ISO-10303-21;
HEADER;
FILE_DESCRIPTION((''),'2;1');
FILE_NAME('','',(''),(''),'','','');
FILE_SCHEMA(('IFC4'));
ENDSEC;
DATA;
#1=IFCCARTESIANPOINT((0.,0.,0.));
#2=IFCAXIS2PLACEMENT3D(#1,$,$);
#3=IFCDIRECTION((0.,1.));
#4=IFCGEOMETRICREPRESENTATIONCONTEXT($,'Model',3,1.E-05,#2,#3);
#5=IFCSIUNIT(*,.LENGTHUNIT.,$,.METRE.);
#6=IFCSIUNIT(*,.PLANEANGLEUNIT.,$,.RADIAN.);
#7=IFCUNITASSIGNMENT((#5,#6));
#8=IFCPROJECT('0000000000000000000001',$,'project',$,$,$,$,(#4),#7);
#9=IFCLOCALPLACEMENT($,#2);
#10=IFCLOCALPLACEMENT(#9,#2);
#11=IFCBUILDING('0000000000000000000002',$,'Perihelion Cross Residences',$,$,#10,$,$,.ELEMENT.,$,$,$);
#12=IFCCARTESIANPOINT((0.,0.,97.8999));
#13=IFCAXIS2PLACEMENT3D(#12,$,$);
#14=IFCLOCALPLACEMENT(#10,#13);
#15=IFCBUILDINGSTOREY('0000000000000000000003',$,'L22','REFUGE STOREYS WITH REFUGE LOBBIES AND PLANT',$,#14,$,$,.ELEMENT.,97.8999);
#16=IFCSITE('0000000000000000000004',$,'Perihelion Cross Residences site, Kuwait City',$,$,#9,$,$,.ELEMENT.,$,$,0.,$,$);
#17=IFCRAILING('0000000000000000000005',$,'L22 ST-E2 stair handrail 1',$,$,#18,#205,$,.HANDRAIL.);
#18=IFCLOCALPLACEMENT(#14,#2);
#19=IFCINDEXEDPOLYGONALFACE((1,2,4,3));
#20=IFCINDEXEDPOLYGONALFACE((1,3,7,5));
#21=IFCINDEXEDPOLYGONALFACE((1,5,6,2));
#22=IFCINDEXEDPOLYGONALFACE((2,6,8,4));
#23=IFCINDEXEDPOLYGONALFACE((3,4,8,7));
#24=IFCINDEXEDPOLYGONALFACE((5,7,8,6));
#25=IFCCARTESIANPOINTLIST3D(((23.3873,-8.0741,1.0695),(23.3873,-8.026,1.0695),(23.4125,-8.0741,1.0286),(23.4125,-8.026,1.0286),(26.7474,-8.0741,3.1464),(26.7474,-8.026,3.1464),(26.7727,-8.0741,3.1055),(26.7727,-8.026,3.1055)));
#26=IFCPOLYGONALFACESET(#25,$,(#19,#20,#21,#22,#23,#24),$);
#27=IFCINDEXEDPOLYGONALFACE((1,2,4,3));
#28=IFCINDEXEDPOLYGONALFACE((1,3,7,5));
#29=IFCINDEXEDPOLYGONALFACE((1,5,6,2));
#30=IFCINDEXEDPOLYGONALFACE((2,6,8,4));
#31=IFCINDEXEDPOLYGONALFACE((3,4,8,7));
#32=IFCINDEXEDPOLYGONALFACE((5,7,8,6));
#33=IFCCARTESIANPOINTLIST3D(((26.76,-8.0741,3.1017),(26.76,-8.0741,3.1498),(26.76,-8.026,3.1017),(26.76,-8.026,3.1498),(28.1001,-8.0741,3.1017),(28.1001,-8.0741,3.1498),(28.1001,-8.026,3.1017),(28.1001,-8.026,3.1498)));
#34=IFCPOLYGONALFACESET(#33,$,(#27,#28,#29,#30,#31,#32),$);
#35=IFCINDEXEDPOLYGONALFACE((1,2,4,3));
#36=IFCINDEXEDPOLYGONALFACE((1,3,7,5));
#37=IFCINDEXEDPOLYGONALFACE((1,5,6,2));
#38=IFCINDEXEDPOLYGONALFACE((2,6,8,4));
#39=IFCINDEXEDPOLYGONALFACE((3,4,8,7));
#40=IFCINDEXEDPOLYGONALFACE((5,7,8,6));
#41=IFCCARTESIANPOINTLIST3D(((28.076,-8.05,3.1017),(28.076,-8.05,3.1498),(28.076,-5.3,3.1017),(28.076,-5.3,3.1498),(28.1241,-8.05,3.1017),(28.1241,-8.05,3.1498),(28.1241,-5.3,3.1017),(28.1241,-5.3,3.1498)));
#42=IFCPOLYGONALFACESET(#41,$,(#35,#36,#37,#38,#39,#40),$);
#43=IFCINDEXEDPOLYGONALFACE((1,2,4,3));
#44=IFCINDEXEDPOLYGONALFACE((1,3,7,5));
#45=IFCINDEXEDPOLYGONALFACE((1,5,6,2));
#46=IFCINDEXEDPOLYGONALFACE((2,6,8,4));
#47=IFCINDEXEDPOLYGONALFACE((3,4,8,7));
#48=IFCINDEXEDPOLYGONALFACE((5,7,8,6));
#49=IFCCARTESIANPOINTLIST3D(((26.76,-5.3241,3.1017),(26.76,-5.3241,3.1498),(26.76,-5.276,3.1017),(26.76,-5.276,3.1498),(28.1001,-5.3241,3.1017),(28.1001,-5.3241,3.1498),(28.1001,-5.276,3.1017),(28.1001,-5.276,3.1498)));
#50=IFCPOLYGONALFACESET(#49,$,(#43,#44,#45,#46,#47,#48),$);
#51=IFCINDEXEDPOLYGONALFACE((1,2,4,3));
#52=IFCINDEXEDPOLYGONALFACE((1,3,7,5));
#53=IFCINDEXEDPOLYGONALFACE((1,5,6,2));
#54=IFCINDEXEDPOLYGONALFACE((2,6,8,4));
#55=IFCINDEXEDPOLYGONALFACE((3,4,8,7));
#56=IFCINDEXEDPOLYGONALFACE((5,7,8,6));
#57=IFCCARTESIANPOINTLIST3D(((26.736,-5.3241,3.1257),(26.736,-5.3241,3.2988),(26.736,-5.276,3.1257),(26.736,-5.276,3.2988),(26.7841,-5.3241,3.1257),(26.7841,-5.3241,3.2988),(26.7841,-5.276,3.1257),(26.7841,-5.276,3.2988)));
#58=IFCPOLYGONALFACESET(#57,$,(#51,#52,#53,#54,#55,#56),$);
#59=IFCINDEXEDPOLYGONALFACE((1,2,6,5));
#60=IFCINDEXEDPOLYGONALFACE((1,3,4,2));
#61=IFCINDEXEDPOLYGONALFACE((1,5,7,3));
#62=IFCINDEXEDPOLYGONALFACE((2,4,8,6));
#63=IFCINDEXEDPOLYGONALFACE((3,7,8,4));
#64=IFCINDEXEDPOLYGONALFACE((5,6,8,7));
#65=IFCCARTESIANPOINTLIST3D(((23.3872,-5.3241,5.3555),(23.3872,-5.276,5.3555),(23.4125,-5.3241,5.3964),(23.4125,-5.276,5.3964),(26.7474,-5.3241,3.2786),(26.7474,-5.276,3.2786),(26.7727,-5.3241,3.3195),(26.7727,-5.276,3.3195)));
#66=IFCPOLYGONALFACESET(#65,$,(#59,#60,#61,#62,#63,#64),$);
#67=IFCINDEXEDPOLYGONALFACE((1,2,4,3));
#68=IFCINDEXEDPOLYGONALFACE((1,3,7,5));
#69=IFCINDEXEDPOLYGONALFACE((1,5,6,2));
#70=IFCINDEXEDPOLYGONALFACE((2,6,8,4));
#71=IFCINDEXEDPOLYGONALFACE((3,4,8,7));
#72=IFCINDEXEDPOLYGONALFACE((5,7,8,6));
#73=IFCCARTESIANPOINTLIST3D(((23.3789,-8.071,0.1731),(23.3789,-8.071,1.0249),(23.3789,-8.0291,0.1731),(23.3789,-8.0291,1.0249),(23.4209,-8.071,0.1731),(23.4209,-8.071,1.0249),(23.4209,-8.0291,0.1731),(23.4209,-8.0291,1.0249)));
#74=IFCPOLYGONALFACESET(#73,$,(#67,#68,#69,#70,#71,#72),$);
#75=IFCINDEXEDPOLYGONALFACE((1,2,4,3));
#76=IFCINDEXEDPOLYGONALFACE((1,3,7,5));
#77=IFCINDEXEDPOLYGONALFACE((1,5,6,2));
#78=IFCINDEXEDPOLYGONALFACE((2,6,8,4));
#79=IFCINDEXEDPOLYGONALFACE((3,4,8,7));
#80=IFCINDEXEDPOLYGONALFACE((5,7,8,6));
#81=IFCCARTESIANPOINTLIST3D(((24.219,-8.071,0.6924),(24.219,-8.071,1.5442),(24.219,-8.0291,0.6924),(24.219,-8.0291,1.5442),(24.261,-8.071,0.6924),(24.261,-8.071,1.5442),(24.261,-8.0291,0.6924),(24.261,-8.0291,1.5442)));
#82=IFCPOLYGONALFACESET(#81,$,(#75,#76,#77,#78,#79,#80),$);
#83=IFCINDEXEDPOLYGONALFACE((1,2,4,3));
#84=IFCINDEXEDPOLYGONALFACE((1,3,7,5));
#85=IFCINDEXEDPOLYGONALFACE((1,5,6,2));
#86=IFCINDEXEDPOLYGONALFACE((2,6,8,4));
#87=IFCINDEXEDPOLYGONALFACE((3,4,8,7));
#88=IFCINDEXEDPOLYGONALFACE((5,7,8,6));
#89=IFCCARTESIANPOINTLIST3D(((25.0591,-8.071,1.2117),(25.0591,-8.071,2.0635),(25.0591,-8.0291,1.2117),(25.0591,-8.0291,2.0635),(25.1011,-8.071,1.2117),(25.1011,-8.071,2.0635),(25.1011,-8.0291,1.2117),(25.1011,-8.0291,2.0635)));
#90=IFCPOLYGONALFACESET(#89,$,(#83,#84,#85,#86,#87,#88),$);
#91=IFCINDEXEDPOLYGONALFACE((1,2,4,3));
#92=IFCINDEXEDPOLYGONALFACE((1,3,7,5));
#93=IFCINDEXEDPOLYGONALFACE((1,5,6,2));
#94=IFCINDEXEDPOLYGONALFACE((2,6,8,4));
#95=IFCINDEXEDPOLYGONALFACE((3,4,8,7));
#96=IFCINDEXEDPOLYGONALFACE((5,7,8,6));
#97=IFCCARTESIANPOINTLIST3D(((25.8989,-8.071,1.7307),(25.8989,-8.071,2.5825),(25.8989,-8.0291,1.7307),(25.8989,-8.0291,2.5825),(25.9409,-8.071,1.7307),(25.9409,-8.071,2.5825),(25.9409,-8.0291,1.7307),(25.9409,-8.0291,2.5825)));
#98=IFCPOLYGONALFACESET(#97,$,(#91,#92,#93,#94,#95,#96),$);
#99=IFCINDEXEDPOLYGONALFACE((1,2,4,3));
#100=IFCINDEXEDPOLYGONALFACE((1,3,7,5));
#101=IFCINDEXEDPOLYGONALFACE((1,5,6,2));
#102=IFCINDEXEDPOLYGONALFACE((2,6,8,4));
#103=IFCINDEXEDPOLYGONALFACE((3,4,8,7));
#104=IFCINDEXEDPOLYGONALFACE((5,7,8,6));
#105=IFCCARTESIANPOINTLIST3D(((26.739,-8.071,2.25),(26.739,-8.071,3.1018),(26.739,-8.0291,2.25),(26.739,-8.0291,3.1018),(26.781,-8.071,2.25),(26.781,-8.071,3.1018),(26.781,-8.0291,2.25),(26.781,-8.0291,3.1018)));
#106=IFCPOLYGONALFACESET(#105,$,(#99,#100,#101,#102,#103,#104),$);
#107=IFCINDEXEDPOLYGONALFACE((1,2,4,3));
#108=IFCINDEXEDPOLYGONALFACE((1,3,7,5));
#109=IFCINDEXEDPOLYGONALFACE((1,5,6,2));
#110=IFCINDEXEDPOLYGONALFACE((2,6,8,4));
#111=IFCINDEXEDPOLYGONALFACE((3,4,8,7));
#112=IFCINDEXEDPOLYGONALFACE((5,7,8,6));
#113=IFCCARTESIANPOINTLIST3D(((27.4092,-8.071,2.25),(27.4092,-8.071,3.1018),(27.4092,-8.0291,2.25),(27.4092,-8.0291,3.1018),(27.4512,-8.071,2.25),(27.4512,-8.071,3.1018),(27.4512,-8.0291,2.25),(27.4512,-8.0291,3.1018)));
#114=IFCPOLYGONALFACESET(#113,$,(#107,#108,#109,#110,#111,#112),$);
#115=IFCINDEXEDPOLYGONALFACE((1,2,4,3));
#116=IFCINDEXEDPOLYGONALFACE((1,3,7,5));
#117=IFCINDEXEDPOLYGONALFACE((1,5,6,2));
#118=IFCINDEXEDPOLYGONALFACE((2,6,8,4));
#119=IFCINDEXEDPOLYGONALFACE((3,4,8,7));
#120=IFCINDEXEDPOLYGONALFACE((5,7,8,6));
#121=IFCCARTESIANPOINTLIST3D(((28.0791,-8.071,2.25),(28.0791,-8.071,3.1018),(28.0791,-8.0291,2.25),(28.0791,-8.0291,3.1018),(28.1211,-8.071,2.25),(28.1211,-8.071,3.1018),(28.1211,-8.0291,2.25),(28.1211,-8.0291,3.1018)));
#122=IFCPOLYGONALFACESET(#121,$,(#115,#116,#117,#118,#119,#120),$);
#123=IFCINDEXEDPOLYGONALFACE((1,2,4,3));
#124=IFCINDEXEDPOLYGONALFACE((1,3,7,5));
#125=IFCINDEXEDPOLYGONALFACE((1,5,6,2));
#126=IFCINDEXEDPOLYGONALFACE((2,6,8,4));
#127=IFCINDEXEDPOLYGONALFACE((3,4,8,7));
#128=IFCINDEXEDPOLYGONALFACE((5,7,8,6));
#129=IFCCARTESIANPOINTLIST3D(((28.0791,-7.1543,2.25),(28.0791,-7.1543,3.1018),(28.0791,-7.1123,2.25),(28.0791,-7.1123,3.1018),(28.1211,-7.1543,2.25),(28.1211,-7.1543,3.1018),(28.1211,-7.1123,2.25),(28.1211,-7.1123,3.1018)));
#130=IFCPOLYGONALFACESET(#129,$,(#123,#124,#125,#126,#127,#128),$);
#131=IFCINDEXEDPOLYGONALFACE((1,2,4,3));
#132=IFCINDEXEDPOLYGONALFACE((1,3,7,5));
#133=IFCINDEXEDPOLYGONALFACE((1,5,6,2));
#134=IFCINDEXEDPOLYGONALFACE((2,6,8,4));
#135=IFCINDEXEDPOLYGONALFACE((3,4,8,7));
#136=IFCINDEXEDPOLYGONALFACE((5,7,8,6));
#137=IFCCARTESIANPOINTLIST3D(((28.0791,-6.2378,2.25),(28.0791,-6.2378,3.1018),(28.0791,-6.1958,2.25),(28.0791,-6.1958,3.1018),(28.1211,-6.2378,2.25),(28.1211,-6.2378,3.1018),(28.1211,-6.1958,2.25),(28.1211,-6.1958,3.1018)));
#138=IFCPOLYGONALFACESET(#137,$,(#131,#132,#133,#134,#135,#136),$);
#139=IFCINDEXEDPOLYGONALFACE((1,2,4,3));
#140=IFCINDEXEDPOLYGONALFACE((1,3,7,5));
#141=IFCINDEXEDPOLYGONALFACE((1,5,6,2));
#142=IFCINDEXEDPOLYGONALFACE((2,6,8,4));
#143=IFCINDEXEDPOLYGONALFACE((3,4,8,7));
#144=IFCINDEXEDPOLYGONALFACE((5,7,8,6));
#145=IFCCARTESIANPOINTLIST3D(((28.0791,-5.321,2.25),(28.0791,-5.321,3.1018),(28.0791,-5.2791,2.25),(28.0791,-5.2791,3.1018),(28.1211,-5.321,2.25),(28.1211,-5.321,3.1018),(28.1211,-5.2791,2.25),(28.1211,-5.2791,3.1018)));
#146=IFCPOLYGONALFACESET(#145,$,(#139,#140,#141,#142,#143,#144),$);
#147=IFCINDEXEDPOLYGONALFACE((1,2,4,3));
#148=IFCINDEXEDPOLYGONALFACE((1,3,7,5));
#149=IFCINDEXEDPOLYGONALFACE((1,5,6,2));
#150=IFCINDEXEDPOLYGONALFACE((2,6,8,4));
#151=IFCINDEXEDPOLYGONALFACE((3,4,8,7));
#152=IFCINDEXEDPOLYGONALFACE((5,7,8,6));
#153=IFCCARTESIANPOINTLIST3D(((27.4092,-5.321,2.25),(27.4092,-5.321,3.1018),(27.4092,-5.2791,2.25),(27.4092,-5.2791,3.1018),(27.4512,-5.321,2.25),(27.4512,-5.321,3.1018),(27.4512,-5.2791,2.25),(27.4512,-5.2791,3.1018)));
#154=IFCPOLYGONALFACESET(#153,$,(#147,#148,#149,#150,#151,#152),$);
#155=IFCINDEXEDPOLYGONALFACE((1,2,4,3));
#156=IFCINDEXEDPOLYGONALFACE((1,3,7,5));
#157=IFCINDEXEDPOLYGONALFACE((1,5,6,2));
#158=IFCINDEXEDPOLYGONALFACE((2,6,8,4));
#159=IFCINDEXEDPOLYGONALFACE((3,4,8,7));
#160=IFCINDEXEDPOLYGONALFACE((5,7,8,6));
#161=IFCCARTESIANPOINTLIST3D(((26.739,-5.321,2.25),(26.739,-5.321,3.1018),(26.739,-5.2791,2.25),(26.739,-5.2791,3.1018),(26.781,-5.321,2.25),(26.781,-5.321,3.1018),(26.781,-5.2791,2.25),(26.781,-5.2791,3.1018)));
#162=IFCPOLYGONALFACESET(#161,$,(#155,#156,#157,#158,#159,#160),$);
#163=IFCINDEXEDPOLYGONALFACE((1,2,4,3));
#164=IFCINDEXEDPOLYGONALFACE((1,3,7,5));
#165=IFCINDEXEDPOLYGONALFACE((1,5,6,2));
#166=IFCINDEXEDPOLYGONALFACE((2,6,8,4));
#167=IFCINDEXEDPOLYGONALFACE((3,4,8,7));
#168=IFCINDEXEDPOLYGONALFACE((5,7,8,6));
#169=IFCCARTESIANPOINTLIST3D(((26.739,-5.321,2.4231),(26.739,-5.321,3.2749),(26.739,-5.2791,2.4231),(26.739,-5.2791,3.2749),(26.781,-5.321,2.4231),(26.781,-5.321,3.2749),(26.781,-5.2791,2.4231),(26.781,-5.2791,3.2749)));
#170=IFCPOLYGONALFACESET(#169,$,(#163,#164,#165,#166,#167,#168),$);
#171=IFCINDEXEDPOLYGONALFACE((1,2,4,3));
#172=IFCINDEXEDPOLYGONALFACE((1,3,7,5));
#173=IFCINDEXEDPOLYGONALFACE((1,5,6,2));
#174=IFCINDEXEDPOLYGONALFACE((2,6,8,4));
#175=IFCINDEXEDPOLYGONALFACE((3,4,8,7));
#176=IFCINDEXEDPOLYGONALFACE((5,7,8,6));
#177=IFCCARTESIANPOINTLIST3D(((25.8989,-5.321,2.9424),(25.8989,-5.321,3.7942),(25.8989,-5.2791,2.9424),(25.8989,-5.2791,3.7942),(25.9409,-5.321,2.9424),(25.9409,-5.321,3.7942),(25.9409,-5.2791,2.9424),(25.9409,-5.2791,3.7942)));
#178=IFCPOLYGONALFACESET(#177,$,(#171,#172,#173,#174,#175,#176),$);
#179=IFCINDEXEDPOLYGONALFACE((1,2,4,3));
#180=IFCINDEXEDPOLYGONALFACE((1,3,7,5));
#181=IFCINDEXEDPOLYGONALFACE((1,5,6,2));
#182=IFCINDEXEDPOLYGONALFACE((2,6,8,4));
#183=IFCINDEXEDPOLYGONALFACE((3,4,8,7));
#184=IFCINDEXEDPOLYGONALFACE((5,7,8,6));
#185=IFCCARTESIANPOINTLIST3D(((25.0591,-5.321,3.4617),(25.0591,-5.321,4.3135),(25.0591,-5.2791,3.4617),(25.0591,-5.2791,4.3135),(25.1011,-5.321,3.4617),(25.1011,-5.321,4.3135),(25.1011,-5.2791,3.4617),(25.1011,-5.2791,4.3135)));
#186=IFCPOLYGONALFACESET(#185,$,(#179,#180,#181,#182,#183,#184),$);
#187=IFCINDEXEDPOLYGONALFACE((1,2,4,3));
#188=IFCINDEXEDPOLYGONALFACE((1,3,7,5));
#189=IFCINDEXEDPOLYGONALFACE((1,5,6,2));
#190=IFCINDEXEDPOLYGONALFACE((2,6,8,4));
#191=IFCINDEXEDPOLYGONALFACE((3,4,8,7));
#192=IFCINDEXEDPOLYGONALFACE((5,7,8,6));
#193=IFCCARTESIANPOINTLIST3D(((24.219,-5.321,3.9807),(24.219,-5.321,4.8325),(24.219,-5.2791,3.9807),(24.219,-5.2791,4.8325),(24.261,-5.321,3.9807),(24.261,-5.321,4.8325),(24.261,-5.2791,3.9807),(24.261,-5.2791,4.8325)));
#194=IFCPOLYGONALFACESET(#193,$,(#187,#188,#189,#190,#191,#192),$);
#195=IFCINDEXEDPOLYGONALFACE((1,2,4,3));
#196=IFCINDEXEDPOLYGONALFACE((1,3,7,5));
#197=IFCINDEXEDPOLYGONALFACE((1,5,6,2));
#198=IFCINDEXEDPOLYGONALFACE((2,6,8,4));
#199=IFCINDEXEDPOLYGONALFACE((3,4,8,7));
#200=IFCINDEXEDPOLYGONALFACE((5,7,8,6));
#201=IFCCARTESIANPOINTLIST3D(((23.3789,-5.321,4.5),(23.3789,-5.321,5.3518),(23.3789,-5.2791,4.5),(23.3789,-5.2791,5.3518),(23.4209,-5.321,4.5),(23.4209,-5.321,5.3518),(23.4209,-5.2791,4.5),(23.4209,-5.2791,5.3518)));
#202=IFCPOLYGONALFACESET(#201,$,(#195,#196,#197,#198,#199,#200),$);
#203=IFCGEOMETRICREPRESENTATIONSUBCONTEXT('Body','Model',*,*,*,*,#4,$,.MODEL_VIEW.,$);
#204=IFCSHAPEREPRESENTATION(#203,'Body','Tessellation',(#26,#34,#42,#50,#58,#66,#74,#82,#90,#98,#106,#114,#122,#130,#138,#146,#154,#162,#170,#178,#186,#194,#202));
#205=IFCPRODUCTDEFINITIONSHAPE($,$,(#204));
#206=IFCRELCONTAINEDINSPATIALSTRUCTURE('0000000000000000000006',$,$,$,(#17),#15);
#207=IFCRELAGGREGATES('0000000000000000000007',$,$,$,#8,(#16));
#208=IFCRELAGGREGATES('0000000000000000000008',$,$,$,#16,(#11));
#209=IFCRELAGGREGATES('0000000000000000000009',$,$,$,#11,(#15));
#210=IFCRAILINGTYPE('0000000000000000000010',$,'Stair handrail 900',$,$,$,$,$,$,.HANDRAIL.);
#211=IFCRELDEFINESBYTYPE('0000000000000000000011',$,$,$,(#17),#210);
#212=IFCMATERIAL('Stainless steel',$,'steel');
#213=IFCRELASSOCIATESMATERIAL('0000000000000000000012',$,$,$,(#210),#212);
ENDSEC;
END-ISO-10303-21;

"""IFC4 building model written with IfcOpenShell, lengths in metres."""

from ifc_helpers import new_model, si_unit, direction, frame, origin, origin_2d, place, context, subcontext, project, spatial, rectangle, extrude, material, type_object, element, save


model = new_model("IFC4")

# Units and contexts
model_context = context("Model", 3, precision=1e-05, world=origin(), true_north=direction((0.0, 1.0)))
body_context = subcontext(model_context, "Body", "Model", "MODEL_VIEW")
ifc_project = project(units=[si_unit("LENGTHUNIT", "METRE"), si_unit("PLANEANGLEUNIT", "RADIAN")], contexts=[model_context])

# Site, building, storey
site_placement = place(None, origin())
site = spatial("IfcSite", under=ifc_project, at=site_placement, Name="Perihelion Cross Residences site, Kuwait City", CompositionType="ELEMENT", RefElevation=0.0)
building_placement = place(site_placement, origin())
building = spatial("IfcBuilding", under=site, at=building_placement, Name="Perihelion Cross Residences", CompositionType="ELEMENT")
storey_placement = place(building_placement, frame((0.0, 0.0, 97.8999)))
storey = spatial("IfcBuildingStorey", under=building, at=storey_placement, Name="L22", Description="REFUGE STOREYS WITH REFUGE LOBBIES AND PLANT", CompositionType="ELEMENT", Elevation=97.8999)

# Railing
ifc_material_1 = material(Name="Stainless steel", Category="steel")
railing_type_1 = type_object("IfcRailingType", Name="Stair handrail 900", PredefinedType="HANDRAIL", material=ifc_material_1)
railing_1_placement = place(storey_placement, frame((23.3999, -8.05, 0.1731)))
element("IfcRailing", 1, at=railing_1_placement, inside=storey, type_object=railing_type_1, Name="L22 ST-E2 stair handrail 1", PredefinedType="HANDRAIL", context=body_context, shape_type="SweptSolid", body=[
    extrude(rectangle(XDim=0.0481, YDim=0.0481, at=origin_2d()), frame((0.0, 0.0, 0.876), z_axis=(0.850623, 0.0, 0.525776), x_axis=(0.0, 1.0, 0.0)), (0.0, 0.0, 1.0), 3.9502),
    extrude(rectangle(XDim=0.0481, YDim=0.0481, at=origin_2d()), frame((3.3601, 0.0, 2.9526), z_axis=(1.0, 0.0, 0.0), x_axis=(0.0, 1.0, 0.0)), (0.0, 0.0, 1.0), 1.3401),
    extrude(rectangle(XDim=0.0481, YDim=0.0481, at=origin_2d()), frame((4.7002, 0.0, 2.9526), z_axis=(0.0, 1.0, 0.0), x_axis=(-1.0, 0.0, 0.0)), (0.0, 0.0, 1.0), 2.75),
    extrude(rectangle(XDim=0.0481, YDim=0.0481, at=origin_2d()), frame((4.7002, 2.75, 2.9526), z_axis=(-1.0, 0.0, 0.0), x_axis=(0.0, -1.0, 0.0)), (0.0, 0.0, 1.0), 1.3401),
    extrude(rectangle(XDim=0.0481, YDim=0.0481, at=origin_2d()), frame((3.3601, 2.75, 2.9526), z_axis=(0.0, 0.0, 1.0), x_axis=(1.0, 0.0, 0.0)), (0.0, 0.0, 1.0), 0.1731),
    extrude(rectangle(XDim=0.0481, YDim=0.0481, at=origin_2d()), frame((3.3601, 2.75, 3.126), z_axis=(-0.850623, 0.0, 0.525776), x_axis=(0.0, -1.0, 0.0)), (0.0, 0.0, 1.0), 3.9502),
    extrude(rectangle(XDim=0.042, YDim=0.042, at=origin_2d()), origin(), (0.0, 0.0, 1.0), 0.8518),
    extrude(rectangle(XDim=0.042, YDim=0.042, at=origin_2d()), frame((0.8401, 0.0, 0.5193)), (0.0, 0.0, 1.0), 0.8518),
    extrude(rectangle(XDim=0.042, YDim=0.042, at=origin_2d()), frame((1.6802, 0.0, 1.0386)), (0.0, 0.0, 1.0), 0.8518),
    extrude(rectangle(XDim=0.042, YDim=0.042, at=origin_2d()), frame((2.52, 0.0, 1.5576)), (0.0, 0.0, 1.0), 0.8518),
    extrude(rectangle(XDim=0.042, YDim=0.042, at=origin_2d()), frame((3.3601, 0.0, 2.0769)), (0.0, 0.0, 1.0), 0.8518),
    extrude(rectangle(XDim=0.042, YDim=0.042, at=origin_2d()), frame((4.0303, 0.0, 2.0769)), (0.0, 0.0, 1.0), 0.8518),
    extrude(rectangle(XDim=0.042, YDim=0.042, at=origin_2d()), frame((4.7002, 0.0, 2.0769)), (0.0, 0.0, 1.0), 0.8518),
    extrude(rectangle(XDim=0.042, YDim=0.042, at=origin_2d()), frame((4.7002, 0.9167, 2.0769)), (0.0, 0.0, 1.0), 0.8518),
    extrude(rectangle(XDim=0.042, YDim=0.042, at=origin_2d()), frame((4.7002, 1.8333, 2.0769)), (0.0, 0.0, 1.0), 0.8518),
    extrude(rectangle(XDim=0.042, YDim=0.042, at=origin_2d()), frame((4.7002, 2.75, 2.0769)), (0.0, 0.0, 1.0), 0.8518),
    extrude(rectangle(XDim=0.042, YDim=0.042, at=origin_2d()), frame((4.0303, 2.75, 2.0769)), (0.0, 0.0, 1.0), 0.8518),
    extrude(rectangle(XDim=0.042, YDim=0.042, at=origin_2d()), frame((3.3601, 2.75, 2.0769)), (0.0, 0.0, 1.0), 0.8518),
    extrude(rectangle(XDim=0.042, YDim=0.042, at=origin_2d()), frame((3.3601, 2.75, 2.25)), (0.0, 0.0, 1.0), 0.8518),
    extrude(rectangle(XDim=0.042, YDim=0.042, at=origin_2d()), frame((2.52, 2.75, 2.7693)), (0.0, 0.0, 1.0), 0.8518),
    extrude(rectangle(XDim=0.042, YDim=0.042, at=origin_2d()), frame((1.6802, 2.75, 3.2886)), (0.0, 0.0, 1.0), 0.8518),
    extrude(rectangle(XDim=0.042, YDim=0.042, at=origin_2d()), frame((0.8401, 2.75, 3.8076)), (0.0, 0.0, 1.0), 0.8518),
    extrude(rectangle(XDim=0.042, YDim=0.042, at=origin_2d()), frame((0.0, 2.75, 4.3269)), (0.0, 0.0, 1.0), 0.8518),
])

save(model, "model.ifc")
